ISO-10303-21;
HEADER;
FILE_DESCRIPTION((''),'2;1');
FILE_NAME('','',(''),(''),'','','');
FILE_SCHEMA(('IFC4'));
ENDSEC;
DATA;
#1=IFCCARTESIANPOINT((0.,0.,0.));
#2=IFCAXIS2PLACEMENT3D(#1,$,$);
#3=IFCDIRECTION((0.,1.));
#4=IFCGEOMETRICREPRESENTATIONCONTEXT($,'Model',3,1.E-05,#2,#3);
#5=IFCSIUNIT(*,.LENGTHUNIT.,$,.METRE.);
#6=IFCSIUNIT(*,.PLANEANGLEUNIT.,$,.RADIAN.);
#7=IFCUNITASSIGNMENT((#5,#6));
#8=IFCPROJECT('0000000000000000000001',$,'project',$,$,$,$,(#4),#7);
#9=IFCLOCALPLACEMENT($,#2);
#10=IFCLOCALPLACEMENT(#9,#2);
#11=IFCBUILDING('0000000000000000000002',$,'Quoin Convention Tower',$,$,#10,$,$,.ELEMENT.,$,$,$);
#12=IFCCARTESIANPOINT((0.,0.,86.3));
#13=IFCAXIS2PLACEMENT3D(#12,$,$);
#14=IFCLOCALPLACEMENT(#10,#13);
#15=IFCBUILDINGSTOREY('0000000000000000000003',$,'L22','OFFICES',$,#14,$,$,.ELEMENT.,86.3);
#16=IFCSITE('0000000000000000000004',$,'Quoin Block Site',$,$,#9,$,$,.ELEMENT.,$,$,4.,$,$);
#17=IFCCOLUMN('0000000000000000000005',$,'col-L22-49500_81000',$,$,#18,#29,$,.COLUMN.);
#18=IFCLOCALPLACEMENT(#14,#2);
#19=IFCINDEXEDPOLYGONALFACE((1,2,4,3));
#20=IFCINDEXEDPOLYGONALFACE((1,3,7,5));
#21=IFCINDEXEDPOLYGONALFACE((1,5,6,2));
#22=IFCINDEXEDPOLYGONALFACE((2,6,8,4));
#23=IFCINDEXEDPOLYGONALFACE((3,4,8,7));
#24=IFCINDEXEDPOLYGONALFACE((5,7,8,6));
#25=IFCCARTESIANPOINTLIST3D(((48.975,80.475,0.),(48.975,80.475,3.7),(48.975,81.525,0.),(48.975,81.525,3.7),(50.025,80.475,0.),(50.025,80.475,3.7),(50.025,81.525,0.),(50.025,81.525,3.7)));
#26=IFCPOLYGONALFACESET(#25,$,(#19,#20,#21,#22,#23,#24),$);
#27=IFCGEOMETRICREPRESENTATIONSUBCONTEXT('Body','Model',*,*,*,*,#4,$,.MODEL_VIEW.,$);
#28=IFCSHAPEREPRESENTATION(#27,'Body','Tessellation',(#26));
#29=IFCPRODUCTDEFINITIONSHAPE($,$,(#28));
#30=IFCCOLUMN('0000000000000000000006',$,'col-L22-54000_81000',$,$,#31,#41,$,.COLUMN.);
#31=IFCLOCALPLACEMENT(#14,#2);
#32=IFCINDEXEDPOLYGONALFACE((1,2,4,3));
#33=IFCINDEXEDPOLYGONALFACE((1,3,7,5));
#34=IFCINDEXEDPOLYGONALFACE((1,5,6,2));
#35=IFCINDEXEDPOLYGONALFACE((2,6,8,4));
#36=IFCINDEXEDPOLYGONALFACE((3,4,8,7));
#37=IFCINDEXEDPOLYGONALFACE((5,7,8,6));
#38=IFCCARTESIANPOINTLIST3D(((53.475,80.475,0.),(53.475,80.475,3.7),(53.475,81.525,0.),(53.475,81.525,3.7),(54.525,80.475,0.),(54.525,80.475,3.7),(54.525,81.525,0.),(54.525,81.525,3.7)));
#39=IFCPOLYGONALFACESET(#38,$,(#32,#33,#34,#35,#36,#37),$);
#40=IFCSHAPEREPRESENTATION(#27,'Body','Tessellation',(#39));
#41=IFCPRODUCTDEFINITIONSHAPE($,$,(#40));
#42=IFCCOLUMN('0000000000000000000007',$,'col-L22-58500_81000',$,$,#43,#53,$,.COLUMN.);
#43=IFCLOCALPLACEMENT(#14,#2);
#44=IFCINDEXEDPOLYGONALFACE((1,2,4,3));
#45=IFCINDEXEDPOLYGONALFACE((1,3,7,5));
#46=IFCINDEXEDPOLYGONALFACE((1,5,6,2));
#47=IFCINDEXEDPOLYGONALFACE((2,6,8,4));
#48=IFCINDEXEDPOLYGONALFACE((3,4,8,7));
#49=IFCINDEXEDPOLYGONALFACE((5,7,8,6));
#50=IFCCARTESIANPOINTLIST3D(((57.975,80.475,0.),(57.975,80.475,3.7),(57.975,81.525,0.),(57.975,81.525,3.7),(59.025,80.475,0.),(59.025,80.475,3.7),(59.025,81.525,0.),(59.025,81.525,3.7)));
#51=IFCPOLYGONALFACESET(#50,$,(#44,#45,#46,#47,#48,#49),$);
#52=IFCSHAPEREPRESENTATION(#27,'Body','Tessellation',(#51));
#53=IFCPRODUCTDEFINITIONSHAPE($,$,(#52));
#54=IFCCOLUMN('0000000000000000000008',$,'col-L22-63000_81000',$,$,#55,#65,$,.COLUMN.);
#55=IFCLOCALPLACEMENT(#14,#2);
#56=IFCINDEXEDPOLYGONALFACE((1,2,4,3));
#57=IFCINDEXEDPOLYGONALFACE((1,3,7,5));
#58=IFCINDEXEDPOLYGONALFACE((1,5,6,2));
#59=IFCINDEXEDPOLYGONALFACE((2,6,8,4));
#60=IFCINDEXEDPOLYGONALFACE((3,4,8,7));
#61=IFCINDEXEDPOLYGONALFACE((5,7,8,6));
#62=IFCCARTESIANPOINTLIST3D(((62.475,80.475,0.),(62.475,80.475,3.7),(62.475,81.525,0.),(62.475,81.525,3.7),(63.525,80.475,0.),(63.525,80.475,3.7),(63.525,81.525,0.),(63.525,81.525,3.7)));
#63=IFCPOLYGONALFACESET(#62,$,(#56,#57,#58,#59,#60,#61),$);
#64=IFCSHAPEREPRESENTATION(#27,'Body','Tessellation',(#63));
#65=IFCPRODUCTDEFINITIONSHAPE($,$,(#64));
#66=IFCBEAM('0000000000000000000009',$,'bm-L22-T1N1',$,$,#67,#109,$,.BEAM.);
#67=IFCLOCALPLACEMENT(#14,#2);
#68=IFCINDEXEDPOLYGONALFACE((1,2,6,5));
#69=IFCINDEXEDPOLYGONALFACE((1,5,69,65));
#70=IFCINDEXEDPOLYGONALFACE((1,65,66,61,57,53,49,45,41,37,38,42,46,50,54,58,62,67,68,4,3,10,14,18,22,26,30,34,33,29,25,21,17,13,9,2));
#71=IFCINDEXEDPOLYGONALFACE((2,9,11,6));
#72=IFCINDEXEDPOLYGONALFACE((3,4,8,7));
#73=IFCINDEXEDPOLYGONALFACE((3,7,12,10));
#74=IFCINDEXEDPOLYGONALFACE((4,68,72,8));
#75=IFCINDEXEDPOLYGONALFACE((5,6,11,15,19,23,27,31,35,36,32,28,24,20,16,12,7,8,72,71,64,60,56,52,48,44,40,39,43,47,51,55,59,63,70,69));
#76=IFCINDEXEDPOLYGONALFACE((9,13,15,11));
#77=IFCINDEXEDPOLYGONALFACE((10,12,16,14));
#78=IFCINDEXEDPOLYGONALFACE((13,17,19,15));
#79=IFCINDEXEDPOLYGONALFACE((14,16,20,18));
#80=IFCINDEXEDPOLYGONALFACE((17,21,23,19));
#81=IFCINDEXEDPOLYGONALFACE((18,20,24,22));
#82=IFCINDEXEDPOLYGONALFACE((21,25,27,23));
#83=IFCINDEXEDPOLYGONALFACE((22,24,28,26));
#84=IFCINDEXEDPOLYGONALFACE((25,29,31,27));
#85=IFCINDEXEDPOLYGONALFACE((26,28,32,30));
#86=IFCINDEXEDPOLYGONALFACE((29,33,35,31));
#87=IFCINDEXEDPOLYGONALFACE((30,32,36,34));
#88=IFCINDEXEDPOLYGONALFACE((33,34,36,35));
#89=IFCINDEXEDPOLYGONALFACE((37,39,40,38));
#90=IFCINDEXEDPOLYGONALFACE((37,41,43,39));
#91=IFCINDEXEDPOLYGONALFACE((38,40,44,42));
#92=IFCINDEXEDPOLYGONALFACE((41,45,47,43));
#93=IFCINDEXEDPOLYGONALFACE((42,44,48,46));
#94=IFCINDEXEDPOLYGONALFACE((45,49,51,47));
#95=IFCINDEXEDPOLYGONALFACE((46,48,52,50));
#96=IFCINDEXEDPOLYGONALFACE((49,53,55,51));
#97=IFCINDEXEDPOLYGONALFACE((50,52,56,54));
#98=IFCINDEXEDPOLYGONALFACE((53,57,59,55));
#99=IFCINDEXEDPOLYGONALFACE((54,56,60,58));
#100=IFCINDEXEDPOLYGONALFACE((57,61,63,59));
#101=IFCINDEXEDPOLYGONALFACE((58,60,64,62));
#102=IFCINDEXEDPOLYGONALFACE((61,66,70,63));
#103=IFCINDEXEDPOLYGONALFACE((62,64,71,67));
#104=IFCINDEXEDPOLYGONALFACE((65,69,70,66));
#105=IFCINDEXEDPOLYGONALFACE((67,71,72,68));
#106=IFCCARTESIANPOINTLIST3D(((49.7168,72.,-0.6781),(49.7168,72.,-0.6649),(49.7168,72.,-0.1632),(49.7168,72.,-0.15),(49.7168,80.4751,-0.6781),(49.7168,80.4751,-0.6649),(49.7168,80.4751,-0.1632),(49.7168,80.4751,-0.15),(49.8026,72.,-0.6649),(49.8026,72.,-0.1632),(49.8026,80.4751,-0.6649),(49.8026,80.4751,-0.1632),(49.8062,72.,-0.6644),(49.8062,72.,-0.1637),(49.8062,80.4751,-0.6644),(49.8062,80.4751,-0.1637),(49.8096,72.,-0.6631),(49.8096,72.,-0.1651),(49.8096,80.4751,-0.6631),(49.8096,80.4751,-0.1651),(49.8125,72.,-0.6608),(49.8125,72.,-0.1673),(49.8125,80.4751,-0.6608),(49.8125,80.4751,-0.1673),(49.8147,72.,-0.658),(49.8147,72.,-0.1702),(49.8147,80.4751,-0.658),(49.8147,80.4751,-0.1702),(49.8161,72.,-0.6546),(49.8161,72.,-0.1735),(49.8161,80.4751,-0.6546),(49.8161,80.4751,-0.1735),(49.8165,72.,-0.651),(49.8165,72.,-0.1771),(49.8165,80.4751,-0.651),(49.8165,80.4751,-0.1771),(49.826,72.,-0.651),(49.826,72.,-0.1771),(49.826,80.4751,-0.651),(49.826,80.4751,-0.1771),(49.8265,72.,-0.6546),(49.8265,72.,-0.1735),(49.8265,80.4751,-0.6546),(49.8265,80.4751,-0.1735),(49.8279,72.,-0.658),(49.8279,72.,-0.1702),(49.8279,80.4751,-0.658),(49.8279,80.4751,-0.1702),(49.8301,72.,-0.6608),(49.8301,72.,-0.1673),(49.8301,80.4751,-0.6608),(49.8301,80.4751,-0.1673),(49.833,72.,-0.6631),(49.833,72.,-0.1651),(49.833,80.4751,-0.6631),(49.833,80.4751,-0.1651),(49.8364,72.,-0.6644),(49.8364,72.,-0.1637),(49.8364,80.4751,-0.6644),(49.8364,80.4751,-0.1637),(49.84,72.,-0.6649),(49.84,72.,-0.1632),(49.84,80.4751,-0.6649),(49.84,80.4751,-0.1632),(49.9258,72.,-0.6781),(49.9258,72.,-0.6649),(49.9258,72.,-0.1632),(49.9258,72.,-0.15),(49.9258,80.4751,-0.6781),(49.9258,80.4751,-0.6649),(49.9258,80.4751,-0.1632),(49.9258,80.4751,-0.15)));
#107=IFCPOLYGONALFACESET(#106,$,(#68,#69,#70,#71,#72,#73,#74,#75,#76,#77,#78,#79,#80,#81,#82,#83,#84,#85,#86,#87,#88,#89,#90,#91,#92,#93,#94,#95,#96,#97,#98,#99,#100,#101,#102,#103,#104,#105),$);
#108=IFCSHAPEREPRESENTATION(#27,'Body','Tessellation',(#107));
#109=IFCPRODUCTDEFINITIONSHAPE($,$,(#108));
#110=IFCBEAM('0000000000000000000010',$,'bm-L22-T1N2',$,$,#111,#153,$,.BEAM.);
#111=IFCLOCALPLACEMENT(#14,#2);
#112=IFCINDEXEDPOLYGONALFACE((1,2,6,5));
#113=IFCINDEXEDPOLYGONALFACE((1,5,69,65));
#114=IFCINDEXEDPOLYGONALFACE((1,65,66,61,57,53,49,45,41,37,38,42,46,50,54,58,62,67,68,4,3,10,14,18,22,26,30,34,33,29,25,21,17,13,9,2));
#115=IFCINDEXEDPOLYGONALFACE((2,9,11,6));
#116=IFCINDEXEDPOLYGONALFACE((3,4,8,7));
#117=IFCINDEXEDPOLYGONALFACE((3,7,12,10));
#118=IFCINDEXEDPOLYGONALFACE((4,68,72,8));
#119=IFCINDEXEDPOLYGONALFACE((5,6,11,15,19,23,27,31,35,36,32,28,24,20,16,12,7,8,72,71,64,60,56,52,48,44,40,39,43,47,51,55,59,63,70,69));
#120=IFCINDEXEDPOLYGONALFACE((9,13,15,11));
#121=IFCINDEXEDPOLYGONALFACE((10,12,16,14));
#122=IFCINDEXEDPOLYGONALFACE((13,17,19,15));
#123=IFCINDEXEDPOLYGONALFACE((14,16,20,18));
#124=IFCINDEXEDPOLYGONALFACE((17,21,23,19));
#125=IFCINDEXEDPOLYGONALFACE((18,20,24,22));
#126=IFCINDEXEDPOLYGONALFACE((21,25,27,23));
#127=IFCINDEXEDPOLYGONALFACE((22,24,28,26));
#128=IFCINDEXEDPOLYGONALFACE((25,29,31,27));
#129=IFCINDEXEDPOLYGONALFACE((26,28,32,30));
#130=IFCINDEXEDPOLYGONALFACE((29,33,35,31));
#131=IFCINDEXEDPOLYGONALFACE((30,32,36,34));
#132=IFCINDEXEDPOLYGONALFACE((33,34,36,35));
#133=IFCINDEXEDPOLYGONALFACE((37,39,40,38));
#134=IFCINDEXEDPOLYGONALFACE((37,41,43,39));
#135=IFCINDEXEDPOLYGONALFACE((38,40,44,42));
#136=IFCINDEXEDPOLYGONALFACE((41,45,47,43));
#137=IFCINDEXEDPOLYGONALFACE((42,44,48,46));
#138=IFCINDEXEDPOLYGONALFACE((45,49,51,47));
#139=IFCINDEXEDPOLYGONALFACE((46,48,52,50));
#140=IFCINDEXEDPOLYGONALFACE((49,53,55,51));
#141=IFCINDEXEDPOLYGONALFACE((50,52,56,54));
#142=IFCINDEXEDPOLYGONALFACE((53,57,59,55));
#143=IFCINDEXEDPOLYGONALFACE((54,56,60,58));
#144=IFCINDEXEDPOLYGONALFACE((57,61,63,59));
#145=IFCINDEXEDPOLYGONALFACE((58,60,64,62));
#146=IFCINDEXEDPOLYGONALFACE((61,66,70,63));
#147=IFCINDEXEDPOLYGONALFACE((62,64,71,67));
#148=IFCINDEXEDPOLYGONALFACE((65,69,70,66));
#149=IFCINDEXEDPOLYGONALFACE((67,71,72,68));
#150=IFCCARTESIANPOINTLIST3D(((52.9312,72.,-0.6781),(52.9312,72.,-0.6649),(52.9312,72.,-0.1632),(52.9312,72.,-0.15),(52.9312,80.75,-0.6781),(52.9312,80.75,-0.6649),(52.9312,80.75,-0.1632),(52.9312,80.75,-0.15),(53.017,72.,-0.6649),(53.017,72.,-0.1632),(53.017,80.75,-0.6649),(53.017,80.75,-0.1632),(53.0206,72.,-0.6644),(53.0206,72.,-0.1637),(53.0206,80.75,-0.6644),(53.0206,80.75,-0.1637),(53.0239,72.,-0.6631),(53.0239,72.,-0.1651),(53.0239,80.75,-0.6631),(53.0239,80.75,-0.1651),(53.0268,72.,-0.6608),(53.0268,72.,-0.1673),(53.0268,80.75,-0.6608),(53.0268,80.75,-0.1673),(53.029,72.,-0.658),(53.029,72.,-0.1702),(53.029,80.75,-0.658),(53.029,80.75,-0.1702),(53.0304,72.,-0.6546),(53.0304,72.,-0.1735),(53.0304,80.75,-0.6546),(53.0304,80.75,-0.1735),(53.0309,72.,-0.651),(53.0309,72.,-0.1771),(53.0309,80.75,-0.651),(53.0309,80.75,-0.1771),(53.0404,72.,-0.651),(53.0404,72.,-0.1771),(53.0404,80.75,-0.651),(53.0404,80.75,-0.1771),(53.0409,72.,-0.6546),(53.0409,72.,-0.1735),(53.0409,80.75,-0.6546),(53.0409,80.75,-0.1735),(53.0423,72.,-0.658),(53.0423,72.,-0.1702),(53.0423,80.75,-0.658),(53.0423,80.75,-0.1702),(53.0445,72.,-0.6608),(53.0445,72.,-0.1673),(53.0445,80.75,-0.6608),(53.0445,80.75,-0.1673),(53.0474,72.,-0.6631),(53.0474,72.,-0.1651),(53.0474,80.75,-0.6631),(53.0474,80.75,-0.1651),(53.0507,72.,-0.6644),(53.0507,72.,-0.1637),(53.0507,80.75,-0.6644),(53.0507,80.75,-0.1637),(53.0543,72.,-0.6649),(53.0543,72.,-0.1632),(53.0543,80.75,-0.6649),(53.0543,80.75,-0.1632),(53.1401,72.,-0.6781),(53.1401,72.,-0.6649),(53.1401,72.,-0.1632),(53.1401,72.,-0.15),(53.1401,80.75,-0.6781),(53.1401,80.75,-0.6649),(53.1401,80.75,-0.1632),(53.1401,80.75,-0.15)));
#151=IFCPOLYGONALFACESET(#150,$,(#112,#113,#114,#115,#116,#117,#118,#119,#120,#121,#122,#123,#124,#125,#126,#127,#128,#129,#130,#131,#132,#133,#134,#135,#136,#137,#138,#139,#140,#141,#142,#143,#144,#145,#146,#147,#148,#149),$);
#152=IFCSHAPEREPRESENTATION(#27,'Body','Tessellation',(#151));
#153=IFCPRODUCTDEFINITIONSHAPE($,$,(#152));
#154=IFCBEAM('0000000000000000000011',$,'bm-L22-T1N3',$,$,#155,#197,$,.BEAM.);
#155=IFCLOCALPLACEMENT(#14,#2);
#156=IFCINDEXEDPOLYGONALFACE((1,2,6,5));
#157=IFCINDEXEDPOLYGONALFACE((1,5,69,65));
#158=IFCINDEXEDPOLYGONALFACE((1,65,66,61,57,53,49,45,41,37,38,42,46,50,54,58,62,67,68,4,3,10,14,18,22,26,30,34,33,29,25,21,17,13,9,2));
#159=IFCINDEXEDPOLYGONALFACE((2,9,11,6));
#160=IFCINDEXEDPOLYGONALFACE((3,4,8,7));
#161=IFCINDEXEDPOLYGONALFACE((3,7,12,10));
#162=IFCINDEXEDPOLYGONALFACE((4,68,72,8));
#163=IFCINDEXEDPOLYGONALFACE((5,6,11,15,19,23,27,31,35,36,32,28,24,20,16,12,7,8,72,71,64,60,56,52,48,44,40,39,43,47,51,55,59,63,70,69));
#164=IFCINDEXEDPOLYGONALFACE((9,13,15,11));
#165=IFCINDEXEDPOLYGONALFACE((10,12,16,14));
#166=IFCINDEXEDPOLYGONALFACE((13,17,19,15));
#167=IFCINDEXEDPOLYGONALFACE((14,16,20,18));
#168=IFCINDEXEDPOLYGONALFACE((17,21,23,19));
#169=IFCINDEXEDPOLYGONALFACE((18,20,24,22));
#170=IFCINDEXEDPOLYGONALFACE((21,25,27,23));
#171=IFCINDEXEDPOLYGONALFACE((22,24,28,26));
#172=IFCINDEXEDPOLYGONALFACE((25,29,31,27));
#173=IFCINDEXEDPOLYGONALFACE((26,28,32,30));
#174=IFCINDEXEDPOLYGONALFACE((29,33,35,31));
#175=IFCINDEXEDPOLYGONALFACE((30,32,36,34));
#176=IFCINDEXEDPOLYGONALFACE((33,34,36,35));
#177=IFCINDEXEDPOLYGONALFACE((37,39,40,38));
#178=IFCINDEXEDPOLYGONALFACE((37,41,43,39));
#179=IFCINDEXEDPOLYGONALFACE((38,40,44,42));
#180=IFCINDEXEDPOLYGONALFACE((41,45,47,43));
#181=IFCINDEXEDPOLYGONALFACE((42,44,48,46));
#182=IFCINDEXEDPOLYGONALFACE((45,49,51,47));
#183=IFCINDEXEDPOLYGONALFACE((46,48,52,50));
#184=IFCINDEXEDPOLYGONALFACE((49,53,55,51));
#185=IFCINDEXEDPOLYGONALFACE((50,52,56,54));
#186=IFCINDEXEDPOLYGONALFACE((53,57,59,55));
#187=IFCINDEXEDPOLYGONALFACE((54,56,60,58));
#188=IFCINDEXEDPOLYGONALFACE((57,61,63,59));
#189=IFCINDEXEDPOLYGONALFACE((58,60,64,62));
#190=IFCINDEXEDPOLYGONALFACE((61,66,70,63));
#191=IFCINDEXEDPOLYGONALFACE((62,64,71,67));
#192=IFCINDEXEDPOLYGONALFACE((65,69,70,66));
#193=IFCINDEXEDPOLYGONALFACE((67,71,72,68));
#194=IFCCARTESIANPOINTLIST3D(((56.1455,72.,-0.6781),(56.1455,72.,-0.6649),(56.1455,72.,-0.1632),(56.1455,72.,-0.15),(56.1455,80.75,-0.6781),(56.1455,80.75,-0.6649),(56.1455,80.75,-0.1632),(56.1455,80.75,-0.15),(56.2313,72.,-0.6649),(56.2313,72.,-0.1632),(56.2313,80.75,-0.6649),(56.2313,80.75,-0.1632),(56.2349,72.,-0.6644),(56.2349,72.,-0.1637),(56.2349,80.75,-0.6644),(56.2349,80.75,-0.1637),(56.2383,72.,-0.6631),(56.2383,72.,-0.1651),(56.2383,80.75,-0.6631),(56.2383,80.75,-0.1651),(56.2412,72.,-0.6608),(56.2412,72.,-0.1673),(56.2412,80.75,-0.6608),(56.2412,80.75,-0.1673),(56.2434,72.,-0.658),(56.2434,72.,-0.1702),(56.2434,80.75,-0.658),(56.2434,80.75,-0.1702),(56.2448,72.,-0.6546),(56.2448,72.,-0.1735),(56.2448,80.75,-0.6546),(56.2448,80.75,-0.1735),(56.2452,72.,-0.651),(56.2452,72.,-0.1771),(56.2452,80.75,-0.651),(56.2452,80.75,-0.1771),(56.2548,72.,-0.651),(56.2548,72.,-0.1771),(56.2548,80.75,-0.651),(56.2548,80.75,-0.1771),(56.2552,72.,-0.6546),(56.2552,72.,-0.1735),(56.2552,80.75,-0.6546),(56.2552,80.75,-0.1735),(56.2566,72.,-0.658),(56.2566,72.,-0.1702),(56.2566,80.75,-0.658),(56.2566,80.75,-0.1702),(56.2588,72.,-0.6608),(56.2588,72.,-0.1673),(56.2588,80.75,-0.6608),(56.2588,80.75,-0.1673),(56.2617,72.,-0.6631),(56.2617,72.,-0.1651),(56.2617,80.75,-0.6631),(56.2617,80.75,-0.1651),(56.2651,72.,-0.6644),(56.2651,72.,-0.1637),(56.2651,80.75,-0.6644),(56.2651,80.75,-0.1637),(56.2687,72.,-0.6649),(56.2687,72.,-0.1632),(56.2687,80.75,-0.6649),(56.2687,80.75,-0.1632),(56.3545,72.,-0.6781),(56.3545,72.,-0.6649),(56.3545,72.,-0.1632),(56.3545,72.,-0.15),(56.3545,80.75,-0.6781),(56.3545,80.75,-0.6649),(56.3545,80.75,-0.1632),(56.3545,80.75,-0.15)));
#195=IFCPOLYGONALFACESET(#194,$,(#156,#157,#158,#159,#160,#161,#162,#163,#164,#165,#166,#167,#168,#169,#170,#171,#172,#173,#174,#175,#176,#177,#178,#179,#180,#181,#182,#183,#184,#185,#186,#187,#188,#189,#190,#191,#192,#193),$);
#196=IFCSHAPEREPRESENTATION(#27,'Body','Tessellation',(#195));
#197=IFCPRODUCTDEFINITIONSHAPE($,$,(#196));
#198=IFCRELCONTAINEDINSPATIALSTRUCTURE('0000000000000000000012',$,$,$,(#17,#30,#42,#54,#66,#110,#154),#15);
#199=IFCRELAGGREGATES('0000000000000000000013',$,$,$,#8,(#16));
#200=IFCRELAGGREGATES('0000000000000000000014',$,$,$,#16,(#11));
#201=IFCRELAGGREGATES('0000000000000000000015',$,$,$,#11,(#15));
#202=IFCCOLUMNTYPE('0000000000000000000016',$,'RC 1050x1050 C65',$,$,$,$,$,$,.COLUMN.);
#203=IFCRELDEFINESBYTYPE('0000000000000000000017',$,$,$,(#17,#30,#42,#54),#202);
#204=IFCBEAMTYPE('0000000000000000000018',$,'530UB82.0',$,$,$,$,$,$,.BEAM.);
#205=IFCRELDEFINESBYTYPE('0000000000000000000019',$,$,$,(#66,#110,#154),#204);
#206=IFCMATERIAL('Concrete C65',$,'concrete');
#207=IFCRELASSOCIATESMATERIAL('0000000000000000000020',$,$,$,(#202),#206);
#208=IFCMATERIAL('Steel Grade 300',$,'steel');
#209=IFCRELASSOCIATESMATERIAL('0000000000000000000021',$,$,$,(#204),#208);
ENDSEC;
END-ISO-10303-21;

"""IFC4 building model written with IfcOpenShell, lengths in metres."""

from ifc_helpers import new_model, si_unit, direction, frame, origin, origin_2d, place, context, subcontext, project, spatial, rectangle, i_section, extrude, material, material_profile, profile_set, type_object, element, save


model = new_model("IFC4")

# Units and contexts
model_context = context("Model", 3, precision=1e-05, world=origin(), true_north=direction((0.0, 1.0)))
body_context = subcontext(model_context, "Body", "Model", "MODEL_VIEW")
ifc_project = project(units=[si_unit("LENGTHUNIT", "METRE"), si_unit("PLANEANGLEUNIT", "RADIAN")], contexts=[model_context])

# Site, building, storey
site_placement = place(None, origin())
site = spatial("IfcSite", under=ifc_project, at=site_placement, Name="Quoin Block Site", CompositionType="ELEMENT", RefElevation=4.0)
building_placement = place(site_placement, origin())
building = spatial("IfcBuilding", under=site, at=building_placement, Name="Quoin Convention Tower", CompositionType="ELEMENT")
storey_placement = place(building_placement, frame((0.0, 0.0, 86.3)))
storey = spatial("IfcBuildingStorey", under=building, at=storey_placement, Name="L22", Description="OFFICES", CompositionType="ELEMENT", Elevation=86.3)

# Columns
ifc_material_1 = material(Name="Concrete C65", Category="concrete")
ifc_material_profile_1 = material_profile(ifc_material_1, rectangle(XDim=1.05, YDim=1.05, at=origin_2d()), Name="RC 1050x1050")
ifc_profile_set_1 = profile_set([ifc_material_profile_1], Name="Concrete C65")
column_type = type_object("IfcColumnType", Name="RC 1050x1050 C65", PredefinedType="COLUMN", material=ifc_profile_set_1)
for number, where, z_axis, x_axis, name in (
    (1, (49.5, 81.0, 0.0), (0.0, 0.0, 1.0), (1.0, 0.0, 0.0), "col-L22-49500_81000"),
    (2, (54.0, 81.0, 0.0), (0.0, 0.0, 1.0), (1.0, 0.0, 0.0), "col-L22-54000_81000"),
    (3, (58.5, 81.0, 0.0), (0.0, 0.0, 1.0), (1.0, 0.0, 0.0), "col-L22-58500_81000"),
    (4, (63.0, 81.0, 0.0), (0.0, 0.0, 1.0), (1.0, 0.0, 0.0), "col-L22-63000_81000"),
):
    element("IfcColumn", number, at=place(storey_placement, frame(where, z_axis=z_axis, x_axis=x_axis)), inside=storey, type_object=column_type, Name=name, PredefinedType="COLUMN", context=body_context, shape_type="SweptSolid", body=[
        extrude(rectangle(XDim=1.05, YDim=1.05, at=origin_2d()), origin(), (0.0, 0.0, 1.0), 3.7),
    ])

# Beams
ifc_material_2 = material(Name="Steel Grade 300", Category="steel")
ifc_material_profile_2 = material_profile(ifc_material_2, i_section(OverallWidth=0.209, OverallDepth=0.5281, WebThickness=0.0095, FlangeThickness=0.0132, FilletRadius=0.0139, at=origin_2d()), Name="530UB82.0")
ifc_profile_set_2 = profile_set([ifc_material_profile_2], Name="Steel Grade 300")
beam_type_1 = type_object("IfcBeamType", Name="530UB82.0", PredefinedType="BEAM", material=ifc_profile_set_2)
beam_1_placement = place(storey_placement, frame((49.8213, 72.0, -0.4141), z_axis=(0.0, 1.0, 0.0), x_axis=(-1.0, 0.0, 0.0)))
element("IfcBeam", 5, at=beam_1_placement, inside=storey, type_object=beam_type_1, Name="bm-L22-T1N1", PredefinedType="BEAM", context=body_context, shape_type="SweptSolid", body=[
    extrude(i_section(OverallWidth=0.209, OverallDepth=0.5281, WebThickness=0.0095, FlangeThickness=0.0132, FilletRadius=0.0139, at=origin_2d()), origin(), (0.0, 0.0, 1.0), 8.4751),
])
for number, where, z_axis, x_axis, name in (
    (6, (53.0356, 72.0, -0.4141), (0.0, 1.0, 0.0), (-1.0, 0.0, 0.0), "bm-L22-T1N2"),
    (7, (56.25, 72.0, -0.4141), (0.0, 1.0, 0.0), (-1.0, 0.0, 0.0), "bm-L22-T1N3"),
):
    element("IfcBeam", number, at=place(storey_placement, frame(where, z_axis=z_axis, x_axis=x_axis)), inside=storey, type_object=beam_type_1, Name=name, PredefinedType="BEAM", context=body_context, shape_type="SweptSolid", body=[
        extrude(i_section(OverallWidth=0.209, OverallDepth=0.5281, WebThickness=0.0095, FlangeThickness=0.0132, FilletRadius=0.0139, at=origin_2d()), origin(), (0.0, 0.0, 1.0), 8.75),
    ])

save(model, "model.ifc")
